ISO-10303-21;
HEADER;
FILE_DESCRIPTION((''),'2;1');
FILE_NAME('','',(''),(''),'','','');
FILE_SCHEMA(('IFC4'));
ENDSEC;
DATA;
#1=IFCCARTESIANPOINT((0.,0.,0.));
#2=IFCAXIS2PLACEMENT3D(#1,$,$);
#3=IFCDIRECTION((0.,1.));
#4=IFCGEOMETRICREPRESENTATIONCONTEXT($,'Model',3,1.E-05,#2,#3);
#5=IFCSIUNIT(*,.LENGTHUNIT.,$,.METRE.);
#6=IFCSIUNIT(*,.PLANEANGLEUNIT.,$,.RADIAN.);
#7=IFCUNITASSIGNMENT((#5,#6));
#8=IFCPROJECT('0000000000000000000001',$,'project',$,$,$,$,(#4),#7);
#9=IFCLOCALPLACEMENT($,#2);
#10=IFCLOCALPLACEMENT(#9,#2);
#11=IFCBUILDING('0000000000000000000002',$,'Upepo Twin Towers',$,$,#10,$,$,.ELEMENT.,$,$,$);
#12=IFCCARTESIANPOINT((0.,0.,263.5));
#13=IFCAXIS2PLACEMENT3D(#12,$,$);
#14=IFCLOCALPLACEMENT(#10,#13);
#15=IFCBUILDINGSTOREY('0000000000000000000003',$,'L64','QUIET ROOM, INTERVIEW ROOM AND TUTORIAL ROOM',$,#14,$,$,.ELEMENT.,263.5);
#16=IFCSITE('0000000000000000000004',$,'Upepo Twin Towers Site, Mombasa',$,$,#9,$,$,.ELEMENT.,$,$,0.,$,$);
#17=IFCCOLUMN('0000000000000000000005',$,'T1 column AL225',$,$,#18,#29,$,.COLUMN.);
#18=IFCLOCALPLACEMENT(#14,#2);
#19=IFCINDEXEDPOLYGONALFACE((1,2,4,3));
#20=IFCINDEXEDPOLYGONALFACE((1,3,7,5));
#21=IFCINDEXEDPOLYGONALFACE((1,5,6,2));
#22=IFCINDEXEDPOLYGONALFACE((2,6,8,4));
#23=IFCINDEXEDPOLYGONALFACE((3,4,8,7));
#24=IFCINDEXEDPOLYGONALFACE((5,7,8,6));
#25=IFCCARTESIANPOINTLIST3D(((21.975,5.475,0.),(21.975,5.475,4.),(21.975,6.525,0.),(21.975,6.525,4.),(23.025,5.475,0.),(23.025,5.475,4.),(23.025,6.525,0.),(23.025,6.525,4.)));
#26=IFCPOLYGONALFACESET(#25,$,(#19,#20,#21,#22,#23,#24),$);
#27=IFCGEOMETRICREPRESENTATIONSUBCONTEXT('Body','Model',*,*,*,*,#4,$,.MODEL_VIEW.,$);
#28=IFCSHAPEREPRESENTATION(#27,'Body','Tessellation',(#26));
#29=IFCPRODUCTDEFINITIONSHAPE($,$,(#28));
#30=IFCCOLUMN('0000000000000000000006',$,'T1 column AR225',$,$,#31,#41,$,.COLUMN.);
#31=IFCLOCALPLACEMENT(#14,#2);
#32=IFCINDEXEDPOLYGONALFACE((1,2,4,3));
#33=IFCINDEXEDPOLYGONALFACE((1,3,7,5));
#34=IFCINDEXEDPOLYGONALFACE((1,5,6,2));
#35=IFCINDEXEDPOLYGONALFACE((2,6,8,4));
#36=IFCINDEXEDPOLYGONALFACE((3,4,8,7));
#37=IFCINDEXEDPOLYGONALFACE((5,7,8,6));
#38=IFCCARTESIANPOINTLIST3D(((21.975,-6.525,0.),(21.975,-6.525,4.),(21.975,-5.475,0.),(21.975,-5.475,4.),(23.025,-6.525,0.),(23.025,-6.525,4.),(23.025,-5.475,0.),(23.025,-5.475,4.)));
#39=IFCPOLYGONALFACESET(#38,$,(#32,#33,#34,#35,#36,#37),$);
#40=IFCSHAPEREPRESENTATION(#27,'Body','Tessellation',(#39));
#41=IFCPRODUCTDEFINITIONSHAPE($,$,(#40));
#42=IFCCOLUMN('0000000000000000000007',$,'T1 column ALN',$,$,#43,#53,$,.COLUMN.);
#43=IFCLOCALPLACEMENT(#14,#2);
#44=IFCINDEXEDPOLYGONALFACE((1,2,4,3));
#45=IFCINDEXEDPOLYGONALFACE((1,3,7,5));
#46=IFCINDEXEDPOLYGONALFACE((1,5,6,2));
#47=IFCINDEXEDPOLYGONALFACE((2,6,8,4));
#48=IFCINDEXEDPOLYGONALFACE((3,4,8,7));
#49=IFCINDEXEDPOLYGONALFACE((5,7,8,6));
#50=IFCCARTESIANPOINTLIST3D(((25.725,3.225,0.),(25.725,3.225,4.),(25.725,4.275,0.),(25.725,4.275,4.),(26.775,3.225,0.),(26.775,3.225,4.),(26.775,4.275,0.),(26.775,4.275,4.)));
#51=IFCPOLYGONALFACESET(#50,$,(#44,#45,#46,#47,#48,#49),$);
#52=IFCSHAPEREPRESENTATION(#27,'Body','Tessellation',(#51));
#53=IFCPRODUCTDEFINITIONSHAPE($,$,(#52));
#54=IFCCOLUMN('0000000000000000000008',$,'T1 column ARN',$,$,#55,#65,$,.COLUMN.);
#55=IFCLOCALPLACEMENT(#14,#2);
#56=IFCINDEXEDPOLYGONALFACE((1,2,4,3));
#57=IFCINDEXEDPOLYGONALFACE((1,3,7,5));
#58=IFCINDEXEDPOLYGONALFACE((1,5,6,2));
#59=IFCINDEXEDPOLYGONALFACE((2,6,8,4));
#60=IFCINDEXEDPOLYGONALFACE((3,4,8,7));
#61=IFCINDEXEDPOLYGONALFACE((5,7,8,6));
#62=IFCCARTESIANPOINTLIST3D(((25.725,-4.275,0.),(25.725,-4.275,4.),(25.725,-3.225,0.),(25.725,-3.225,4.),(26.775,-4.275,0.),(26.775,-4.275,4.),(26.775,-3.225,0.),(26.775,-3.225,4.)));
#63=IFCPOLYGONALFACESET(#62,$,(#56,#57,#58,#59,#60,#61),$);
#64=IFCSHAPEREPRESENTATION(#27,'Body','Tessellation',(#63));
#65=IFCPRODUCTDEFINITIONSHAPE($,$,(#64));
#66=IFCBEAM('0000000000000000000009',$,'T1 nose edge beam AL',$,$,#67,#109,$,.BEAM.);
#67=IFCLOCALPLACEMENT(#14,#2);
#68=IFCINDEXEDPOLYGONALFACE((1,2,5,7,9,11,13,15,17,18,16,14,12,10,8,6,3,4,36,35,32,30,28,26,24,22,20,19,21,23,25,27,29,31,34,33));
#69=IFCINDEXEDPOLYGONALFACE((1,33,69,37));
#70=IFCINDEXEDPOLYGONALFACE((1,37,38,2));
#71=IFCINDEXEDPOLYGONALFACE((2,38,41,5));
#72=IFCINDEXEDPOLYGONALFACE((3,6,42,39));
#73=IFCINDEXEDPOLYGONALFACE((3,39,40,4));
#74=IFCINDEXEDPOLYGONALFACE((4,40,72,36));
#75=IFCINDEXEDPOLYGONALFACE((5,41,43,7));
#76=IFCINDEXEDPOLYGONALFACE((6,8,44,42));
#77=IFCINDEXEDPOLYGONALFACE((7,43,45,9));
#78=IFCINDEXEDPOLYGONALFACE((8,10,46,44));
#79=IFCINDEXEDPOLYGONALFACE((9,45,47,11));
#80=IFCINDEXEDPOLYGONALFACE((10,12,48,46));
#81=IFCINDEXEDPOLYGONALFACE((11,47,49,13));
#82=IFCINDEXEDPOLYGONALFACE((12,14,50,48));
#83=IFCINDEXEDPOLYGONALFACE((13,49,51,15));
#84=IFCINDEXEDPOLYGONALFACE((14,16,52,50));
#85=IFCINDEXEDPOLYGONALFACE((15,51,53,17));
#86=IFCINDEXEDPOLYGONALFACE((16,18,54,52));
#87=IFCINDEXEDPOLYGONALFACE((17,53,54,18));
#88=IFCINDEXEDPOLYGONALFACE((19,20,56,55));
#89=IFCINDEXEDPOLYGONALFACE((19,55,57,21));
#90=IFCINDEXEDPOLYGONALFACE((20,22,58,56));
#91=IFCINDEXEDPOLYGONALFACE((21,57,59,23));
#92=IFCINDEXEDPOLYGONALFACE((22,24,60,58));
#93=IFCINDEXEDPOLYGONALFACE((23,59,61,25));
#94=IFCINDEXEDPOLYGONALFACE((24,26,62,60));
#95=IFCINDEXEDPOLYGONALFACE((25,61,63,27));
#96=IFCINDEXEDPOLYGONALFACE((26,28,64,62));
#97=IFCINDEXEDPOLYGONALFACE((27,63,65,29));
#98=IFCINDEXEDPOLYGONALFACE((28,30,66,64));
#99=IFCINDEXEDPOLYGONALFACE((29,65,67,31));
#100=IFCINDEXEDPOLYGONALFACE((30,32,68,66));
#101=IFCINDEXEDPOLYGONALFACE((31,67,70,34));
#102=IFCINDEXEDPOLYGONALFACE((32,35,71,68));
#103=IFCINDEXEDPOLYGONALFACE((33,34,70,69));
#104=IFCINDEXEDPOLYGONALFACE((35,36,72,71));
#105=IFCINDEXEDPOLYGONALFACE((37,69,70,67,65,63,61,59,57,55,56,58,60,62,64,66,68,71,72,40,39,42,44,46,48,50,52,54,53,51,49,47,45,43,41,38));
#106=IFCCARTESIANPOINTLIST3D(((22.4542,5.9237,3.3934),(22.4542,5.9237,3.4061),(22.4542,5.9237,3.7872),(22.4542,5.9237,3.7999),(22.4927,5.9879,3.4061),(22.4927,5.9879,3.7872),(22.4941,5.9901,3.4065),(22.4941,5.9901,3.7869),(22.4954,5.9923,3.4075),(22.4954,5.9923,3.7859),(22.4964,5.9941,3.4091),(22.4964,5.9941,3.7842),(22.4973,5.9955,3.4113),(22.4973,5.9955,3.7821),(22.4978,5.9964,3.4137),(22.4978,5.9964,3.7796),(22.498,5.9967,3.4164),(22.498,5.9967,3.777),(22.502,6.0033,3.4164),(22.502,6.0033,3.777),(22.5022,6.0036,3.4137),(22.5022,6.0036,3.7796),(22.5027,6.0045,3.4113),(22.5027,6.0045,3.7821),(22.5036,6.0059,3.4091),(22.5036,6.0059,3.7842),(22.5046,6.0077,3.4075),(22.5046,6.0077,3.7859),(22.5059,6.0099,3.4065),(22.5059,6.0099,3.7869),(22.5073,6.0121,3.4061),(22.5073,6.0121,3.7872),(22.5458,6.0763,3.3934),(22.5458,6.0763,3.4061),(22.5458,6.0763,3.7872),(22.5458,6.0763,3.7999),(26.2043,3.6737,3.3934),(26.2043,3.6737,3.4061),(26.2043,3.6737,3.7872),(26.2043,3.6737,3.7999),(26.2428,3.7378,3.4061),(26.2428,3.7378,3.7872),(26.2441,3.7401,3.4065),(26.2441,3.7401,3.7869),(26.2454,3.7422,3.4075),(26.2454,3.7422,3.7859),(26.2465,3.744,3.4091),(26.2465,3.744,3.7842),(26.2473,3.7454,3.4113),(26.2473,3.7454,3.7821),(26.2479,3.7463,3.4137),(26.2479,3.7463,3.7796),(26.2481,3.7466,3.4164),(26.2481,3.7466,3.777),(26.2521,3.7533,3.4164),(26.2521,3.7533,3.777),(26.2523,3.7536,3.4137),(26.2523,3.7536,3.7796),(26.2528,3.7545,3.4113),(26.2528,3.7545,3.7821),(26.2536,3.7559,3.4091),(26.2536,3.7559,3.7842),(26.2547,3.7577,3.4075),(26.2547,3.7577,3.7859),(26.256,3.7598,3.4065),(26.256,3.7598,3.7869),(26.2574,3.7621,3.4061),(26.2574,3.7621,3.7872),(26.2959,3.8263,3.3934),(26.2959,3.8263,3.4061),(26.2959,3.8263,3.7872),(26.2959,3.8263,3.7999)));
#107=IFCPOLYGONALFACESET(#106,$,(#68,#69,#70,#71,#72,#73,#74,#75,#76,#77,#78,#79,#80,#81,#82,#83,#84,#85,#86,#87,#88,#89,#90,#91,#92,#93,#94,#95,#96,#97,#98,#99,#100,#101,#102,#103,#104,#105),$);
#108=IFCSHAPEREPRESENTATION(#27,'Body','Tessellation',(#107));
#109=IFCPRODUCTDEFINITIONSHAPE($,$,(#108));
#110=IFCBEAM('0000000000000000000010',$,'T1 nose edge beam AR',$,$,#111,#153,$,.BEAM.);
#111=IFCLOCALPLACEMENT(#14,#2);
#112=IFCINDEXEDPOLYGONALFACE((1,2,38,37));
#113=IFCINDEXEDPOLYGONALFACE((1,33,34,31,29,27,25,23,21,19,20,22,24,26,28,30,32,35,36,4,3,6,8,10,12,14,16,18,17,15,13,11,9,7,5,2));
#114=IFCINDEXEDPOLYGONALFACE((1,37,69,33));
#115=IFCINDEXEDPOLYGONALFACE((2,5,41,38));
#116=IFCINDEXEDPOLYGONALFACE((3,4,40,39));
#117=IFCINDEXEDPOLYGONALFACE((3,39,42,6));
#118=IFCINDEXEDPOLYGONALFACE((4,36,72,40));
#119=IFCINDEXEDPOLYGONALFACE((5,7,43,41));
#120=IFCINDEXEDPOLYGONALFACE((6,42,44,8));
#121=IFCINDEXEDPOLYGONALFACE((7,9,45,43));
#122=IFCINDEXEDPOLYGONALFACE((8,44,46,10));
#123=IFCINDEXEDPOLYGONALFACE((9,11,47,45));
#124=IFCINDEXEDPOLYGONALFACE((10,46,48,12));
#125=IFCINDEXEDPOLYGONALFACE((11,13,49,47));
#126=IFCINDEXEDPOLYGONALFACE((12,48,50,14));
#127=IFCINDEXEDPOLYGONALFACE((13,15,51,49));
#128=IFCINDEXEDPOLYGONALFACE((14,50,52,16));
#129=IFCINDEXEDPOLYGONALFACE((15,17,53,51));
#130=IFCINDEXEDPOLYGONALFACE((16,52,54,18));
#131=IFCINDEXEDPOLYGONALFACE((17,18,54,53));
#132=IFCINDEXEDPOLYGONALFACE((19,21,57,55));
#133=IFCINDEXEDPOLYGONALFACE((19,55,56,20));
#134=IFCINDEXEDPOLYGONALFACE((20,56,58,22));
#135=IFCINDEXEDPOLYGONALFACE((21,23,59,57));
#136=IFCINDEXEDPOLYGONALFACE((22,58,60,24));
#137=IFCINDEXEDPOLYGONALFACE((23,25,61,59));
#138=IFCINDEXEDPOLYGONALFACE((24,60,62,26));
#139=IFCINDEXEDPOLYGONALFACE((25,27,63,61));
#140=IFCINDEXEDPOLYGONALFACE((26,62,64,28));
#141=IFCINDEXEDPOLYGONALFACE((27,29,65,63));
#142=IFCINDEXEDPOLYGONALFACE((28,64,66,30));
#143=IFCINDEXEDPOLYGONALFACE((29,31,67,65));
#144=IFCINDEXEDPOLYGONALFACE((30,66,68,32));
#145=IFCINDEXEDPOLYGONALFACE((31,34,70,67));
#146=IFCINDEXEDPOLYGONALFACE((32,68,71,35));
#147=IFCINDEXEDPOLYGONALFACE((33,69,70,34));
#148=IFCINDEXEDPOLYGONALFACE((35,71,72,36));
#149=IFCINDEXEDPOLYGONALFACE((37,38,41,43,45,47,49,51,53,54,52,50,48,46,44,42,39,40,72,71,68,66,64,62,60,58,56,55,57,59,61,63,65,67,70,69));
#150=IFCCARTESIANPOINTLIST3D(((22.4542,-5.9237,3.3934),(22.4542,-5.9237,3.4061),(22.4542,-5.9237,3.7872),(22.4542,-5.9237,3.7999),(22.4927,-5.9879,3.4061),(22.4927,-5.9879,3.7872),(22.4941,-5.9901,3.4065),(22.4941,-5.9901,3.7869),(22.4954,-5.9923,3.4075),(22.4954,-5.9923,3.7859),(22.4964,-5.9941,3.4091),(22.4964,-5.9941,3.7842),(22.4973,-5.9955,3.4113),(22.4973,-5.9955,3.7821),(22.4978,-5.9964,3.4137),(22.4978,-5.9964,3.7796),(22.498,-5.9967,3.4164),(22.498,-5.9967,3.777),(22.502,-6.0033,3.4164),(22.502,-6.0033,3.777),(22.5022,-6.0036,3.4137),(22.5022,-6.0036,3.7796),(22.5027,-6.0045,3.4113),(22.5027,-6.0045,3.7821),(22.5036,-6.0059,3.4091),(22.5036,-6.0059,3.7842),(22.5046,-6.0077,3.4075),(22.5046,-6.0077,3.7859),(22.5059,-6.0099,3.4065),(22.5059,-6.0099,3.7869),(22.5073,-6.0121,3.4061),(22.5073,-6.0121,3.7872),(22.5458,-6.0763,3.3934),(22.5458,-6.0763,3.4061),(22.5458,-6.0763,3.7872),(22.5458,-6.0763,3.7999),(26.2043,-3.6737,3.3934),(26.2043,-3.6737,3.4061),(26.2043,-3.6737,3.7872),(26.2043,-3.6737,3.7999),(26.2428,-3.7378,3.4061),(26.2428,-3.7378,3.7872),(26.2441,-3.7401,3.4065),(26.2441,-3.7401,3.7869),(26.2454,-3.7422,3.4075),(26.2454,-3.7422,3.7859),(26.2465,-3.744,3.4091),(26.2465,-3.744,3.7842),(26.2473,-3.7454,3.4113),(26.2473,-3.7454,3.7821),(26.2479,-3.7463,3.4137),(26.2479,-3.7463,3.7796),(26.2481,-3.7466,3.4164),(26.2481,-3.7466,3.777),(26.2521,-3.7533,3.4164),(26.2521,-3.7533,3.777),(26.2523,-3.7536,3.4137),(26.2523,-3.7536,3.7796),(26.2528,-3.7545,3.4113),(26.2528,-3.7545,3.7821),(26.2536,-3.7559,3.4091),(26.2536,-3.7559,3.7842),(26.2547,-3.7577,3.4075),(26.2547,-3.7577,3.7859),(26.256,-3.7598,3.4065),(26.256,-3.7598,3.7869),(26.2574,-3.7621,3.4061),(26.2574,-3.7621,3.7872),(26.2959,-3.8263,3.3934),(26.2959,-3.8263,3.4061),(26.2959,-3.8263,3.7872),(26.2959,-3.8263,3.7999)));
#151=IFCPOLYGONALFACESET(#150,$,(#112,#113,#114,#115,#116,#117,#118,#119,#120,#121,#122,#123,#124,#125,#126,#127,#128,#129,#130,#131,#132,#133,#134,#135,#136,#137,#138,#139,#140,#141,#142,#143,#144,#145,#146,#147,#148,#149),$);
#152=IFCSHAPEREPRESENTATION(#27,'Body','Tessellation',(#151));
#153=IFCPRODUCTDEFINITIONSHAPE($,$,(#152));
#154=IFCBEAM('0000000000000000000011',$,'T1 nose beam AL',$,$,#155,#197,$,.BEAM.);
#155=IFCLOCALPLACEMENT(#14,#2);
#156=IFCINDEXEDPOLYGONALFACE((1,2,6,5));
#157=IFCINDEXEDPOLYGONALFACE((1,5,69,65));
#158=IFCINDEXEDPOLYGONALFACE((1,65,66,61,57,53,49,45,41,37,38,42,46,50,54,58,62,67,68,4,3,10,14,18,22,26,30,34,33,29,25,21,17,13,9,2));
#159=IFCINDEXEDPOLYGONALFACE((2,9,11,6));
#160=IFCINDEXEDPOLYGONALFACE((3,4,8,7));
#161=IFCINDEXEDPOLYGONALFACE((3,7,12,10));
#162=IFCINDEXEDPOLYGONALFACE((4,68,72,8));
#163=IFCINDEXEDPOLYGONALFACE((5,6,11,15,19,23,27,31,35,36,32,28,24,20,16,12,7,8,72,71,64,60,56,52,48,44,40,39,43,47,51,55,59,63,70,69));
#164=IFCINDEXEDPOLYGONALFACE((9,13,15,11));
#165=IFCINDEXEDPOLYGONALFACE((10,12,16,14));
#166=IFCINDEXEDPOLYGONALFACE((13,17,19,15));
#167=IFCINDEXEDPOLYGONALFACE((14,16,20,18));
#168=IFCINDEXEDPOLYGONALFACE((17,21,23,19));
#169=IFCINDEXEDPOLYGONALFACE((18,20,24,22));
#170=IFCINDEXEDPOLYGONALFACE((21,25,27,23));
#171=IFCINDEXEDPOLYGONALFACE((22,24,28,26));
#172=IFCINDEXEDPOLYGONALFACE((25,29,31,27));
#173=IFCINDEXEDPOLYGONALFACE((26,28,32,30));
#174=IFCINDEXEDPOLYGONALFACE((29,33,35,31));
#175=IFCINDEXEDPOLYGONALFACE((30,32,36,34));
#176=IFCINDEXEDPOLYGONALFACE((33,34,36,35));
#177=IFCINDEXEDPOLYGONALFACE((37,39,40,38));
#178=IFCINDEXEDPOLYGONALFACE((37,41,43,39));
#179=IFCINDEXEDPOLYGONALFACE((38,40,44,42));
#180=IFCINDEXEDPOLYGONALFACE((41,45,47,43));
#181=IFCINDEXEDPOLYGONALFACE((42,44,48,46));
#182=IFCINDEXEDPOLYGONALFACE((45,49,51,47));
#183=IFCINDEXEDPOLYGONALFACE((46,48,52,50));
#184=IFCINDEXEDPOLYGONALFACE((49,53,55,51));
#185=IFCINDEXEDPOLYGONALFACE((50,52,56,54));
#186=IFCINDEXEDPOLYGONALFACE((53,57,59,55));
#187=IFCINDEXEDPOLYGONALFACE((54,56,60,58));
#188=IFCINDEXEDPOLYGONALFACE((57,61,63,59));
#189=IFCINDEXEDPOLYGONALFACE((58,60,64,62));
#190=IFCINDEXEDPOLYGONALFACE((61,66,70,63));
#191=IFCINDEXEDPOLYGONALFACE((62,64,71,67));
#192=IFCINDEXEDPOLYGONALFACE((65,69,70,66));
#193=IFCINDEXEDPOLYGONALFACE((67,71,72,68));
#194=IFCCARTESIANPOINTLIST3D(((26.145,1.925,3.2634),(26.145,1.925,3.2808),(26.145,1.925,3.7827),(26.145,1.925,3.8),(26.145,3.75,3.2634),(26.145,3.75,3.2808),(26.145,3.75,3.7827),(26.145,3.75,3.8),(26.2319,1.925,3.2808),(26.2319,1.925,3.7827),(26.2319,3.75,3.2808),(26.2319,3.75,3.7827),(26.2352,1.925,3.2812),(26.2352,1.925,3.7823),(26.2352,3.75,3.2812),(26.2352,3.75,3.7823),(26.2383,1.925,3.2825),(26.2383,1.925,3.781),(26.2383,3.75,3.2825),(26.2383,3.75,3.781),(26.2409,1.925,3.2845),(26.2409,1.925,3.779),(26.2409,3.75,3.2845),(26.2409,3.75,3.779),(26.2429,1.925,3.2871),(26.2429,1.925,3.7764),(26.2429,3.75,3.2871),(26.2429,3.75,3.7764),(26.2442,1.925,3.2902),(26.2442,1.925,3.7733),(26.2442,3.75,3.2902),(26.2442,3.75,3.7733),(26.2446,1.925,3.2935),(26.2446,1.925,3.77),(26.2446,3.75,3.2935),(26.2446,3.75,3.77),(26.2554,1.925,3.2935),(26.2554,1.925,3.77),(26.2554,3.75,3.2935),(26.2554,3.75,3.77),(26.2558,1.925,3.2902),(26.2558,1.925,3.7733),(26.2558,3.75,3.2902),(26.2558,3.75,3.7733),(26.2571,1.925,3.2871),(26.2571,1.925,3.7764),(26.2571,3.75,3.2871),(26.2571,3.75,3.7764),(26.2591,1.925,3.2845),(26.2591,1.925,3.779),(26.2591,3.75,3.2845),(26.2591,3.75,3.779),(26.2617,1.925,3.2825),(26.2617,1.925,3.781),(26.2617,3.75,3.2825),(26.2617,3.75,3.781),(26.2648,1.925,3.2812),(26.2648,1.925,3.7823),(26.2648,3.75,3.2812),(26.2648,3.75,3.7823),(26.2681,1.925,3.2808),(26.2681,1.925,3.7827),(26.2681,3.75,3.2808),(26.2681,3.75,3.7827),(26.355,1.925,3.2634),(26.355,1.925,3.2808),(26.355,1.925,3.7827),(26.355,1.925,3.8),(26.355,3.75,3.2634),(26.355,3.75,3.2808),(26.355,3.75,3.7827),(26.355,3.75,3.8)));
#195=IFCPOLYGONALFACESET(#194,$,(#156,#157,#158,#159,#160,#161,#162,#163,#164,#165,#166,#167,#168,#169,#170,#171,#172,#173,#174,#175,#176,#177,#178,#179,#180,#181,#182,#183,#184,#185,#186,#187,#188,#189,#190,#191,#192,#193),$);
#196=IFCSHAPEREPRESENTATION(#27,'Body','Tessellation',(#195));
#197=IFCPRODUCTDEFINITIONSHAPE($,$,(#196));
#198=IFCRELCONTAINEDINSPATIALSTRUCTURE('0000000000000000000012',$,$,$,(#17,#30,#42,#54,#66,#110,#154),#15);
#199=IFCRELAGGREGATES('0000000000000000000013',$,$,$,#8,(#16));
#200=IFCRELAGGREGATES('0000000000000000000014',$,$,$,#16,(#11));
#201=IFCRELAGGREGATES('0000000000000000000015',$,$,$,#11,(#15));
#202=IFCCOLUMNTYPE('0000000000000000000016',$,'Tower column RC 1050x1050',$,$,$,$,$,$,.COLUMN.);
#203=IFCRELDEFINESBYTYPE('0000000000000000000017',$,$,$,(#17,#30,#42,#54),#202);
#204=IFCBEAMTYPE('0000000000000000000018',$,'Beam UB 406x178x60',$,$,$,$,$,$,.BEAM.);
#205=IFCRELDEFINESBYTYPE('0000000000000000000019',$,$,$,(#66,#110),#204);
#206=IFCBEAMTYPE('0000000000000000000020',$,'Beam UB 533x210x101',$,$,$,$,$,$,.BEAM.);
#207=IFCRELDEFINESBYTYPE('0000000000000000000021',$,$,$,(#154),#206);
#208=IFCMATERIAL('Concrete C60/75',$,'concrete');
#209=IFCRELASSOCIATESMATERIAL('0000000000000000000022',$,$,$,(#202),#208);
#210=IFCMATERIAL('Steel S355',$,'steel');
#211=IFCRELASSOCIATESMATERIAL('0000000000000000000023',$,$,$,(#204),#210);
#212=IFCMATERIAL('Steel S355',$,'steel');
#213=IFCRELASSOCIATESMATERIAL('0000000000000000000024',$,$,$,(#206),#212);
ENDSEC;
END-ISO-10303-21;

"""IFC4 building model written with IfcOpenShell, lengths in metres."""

from ifc_helpers import new_model, si_unit, direction, frame, origin, origin_2d, place, context, subcontext, project, spatial, rectangle, i_section, extrude, material, material_profile, profile_set, type_object, element, save


model = new_model("IFC4")

# Units and contexts
model_context = context("Model", 3, precision=1e-05, world=origin(), true_north=direction((0.0, 1.0)))
body_context = subcontext(model_context, "Body", "Model", "MODEL_VIEW")
ifc_project = project(units=[si_unit("LENGTHUNIT", "METRE"), si_unit("PLANEANGLEUNIT", "RADIAN")], contexts=[model_context])

# Site, building, storey
site_placement = place(None, origin())
site = spatial("IfcSite", under=ifc_project, at=site_placement, Name="Upepo Twin Towers Site, Mombasa", CompositionType="ELEMENT", RefElevation=0.0)
building_placement = place(site_placement, origin())
building = spatial("IfcBuilding", under=site, at=building_placement, Name="Upepo Twin Towers", CompositionType="ELEMENT")
storey_placement = place(building_placement, frame((0.0, 0.0, 263.5)))
storey = spatial("IfcBuildingStorey", under=building, at=storey_placement, Name="L64", Description="QUIET ROOM, INTERVIEW ROOM AND TUTORIAL ROOM", CompositionType="ELEMENT", Elevation=263.5)

# Columns
ifc_material_1 = material(Name="Concrete C60/75", Category="concrete")
ifc_material_profile_1 = material_profile(ifc_material_1, rectangle(XDim=1.05, YDim=1.05, at=origin_2d()), Name="RC 1050x1050")
ifc_profile_set_1 = profile_set([ifc_material_profile_1], Name="Concrete C60/75")
column_type = type_object("IfcColumnType", Name="Tower column RC 1050x1050", PredefinedType="COLUMN", material=ifc_profile_set_1)
for number, where, z_axis, x_axis, name in (
    (1, (22.5, 6.0, 0.0), (0.0, 0.0, 1.0), (1.0, 0.0, 0.0), "T1 column AL225"),
    (2, (22.5, -6.0, 0.0), (0.0, 0.0, 1.0), (1.0, 0.0, 0.0), "T1 column AR225"),
    (3, (26.25, 3.75, 0.0), (0.0, 0.0, 1.0), (1.0, 0.0, 0.0), "T1 column ALN"),
    (4, (26.25, -3.75, 0.0), (0.0, 0.0, 1.0), (1.0, 0.0, 0.0), "T1 column ARN"),
):
    element("IfcColumn", number, at=place(storey_placement, frame(where, z_axis=z_axis, x_axis=x_axis)), inside=storey, type_object=column_type, Name=name, PredefinedType="COLUMN", context=body_context, shape_type="SweptSolid", body=[
        extrude(rectangle(XDim=1.05, YDim=1.05, at=origin_2d()), origin(), (0.0, 0.0, 1.0), 4.0),
    ])

# Beams
ifc_material_2 = material(Name="Steel S355", Category="steel")
ifc_material_profile_2 = material_profile(ifc_material_2, i_section(OverallWidth=0.178, OverallDepth=0.4065, WebThickness=0.0078, FlangeThickness=0.0127, FilletRadius=0.0103, at=origin_2d()), Name="UB 406x178x60")
ifc_profile_set_2 = profile_set([ifc_material_profile_2], Name="Steel S355")
beam_type_1 = type_object("IfcBeamType", Name="Beam UB 406x178x60", PredefinedType="BEAM", material=ifc_profile_set_2)
for number, where, z_axis, x_axis, name in (
    (5, (22.5, 6.0, 3.5967), (0.857493, -0.514496, 0.0), (0.514496, 0.857493, 0.0), "T1 nose edge beam AL"),
    (6, (22.5, -6.0, 3.5967), (0.857493, 0.514496, 0.0), (-0.514496, 0.857493, 0.0), "T1 nose edge beam AR"),
):
    element("IfcBeam", number, at=place(storey_placement, frame(where, z_axis=z_axis, x_axis=x_axis)), inside=storey, type_object=beam_type_1, Name=name, PredefinedType="BEAM", context=body_context, shape_type="SweptSolid", body=[
        extrude(i_section(OverallWidth=0.178, OverallDepth=0.4065, WebThickness=0.0078, FlangeThickness=0.0127, FilletRadius=0.0103, at=origin_2d()), origin(), (0.0, 0.0, 1.0), 4.3733),
    ])
ifc_material_3 = material(Name="Steel S355", Category="steel")
ifc_material_profile_3 = material_profile(ifc_material_3, i_section(OverallWidth=0.21, OverallDepth=0.5366, WebThickness=0.0107, FlangeThickness=0.0173, FilletRadius=0.0127, at=origin_2d()), Name="UB 533x210x101")
ifc_profile_set_3 = profile_set([ifc_material_profile_3], Name="Steel S355")
beam_type_2 = type_object("IfcBeamType", Name="Beam UB 533x210x101", PredefinedType="BEAM", material=ifc_profile_set_3)
for number, where, z_axis, x_axis, name in (
    (7, (26.25, 3.75, 3.5317), (0.0, -1.0, 0.0), (1.0, 0.0, 0.0), "T1 nose beam AL"),
):
    element("IfcBeam", number, at=place(storey_placement, frame(where, z_axis=z_axis, x_axis=x_axis)), inside=storey, type_object=beam_type_2, Name=name, PredefinedType="BEAM", context=body_context, shape_type="SweptSolid", body=[
        extrude(i_section(OverallWidth=0.21, OverallDepth=0.5366, WebThickness=0.0107, FlangeThickness=0.0173, FilletRadius=0.0127, at=origin_2d()), origin(), (0.0, 0.0, 1.0), 1.825),
    ])

save(model, "model.ifc")
